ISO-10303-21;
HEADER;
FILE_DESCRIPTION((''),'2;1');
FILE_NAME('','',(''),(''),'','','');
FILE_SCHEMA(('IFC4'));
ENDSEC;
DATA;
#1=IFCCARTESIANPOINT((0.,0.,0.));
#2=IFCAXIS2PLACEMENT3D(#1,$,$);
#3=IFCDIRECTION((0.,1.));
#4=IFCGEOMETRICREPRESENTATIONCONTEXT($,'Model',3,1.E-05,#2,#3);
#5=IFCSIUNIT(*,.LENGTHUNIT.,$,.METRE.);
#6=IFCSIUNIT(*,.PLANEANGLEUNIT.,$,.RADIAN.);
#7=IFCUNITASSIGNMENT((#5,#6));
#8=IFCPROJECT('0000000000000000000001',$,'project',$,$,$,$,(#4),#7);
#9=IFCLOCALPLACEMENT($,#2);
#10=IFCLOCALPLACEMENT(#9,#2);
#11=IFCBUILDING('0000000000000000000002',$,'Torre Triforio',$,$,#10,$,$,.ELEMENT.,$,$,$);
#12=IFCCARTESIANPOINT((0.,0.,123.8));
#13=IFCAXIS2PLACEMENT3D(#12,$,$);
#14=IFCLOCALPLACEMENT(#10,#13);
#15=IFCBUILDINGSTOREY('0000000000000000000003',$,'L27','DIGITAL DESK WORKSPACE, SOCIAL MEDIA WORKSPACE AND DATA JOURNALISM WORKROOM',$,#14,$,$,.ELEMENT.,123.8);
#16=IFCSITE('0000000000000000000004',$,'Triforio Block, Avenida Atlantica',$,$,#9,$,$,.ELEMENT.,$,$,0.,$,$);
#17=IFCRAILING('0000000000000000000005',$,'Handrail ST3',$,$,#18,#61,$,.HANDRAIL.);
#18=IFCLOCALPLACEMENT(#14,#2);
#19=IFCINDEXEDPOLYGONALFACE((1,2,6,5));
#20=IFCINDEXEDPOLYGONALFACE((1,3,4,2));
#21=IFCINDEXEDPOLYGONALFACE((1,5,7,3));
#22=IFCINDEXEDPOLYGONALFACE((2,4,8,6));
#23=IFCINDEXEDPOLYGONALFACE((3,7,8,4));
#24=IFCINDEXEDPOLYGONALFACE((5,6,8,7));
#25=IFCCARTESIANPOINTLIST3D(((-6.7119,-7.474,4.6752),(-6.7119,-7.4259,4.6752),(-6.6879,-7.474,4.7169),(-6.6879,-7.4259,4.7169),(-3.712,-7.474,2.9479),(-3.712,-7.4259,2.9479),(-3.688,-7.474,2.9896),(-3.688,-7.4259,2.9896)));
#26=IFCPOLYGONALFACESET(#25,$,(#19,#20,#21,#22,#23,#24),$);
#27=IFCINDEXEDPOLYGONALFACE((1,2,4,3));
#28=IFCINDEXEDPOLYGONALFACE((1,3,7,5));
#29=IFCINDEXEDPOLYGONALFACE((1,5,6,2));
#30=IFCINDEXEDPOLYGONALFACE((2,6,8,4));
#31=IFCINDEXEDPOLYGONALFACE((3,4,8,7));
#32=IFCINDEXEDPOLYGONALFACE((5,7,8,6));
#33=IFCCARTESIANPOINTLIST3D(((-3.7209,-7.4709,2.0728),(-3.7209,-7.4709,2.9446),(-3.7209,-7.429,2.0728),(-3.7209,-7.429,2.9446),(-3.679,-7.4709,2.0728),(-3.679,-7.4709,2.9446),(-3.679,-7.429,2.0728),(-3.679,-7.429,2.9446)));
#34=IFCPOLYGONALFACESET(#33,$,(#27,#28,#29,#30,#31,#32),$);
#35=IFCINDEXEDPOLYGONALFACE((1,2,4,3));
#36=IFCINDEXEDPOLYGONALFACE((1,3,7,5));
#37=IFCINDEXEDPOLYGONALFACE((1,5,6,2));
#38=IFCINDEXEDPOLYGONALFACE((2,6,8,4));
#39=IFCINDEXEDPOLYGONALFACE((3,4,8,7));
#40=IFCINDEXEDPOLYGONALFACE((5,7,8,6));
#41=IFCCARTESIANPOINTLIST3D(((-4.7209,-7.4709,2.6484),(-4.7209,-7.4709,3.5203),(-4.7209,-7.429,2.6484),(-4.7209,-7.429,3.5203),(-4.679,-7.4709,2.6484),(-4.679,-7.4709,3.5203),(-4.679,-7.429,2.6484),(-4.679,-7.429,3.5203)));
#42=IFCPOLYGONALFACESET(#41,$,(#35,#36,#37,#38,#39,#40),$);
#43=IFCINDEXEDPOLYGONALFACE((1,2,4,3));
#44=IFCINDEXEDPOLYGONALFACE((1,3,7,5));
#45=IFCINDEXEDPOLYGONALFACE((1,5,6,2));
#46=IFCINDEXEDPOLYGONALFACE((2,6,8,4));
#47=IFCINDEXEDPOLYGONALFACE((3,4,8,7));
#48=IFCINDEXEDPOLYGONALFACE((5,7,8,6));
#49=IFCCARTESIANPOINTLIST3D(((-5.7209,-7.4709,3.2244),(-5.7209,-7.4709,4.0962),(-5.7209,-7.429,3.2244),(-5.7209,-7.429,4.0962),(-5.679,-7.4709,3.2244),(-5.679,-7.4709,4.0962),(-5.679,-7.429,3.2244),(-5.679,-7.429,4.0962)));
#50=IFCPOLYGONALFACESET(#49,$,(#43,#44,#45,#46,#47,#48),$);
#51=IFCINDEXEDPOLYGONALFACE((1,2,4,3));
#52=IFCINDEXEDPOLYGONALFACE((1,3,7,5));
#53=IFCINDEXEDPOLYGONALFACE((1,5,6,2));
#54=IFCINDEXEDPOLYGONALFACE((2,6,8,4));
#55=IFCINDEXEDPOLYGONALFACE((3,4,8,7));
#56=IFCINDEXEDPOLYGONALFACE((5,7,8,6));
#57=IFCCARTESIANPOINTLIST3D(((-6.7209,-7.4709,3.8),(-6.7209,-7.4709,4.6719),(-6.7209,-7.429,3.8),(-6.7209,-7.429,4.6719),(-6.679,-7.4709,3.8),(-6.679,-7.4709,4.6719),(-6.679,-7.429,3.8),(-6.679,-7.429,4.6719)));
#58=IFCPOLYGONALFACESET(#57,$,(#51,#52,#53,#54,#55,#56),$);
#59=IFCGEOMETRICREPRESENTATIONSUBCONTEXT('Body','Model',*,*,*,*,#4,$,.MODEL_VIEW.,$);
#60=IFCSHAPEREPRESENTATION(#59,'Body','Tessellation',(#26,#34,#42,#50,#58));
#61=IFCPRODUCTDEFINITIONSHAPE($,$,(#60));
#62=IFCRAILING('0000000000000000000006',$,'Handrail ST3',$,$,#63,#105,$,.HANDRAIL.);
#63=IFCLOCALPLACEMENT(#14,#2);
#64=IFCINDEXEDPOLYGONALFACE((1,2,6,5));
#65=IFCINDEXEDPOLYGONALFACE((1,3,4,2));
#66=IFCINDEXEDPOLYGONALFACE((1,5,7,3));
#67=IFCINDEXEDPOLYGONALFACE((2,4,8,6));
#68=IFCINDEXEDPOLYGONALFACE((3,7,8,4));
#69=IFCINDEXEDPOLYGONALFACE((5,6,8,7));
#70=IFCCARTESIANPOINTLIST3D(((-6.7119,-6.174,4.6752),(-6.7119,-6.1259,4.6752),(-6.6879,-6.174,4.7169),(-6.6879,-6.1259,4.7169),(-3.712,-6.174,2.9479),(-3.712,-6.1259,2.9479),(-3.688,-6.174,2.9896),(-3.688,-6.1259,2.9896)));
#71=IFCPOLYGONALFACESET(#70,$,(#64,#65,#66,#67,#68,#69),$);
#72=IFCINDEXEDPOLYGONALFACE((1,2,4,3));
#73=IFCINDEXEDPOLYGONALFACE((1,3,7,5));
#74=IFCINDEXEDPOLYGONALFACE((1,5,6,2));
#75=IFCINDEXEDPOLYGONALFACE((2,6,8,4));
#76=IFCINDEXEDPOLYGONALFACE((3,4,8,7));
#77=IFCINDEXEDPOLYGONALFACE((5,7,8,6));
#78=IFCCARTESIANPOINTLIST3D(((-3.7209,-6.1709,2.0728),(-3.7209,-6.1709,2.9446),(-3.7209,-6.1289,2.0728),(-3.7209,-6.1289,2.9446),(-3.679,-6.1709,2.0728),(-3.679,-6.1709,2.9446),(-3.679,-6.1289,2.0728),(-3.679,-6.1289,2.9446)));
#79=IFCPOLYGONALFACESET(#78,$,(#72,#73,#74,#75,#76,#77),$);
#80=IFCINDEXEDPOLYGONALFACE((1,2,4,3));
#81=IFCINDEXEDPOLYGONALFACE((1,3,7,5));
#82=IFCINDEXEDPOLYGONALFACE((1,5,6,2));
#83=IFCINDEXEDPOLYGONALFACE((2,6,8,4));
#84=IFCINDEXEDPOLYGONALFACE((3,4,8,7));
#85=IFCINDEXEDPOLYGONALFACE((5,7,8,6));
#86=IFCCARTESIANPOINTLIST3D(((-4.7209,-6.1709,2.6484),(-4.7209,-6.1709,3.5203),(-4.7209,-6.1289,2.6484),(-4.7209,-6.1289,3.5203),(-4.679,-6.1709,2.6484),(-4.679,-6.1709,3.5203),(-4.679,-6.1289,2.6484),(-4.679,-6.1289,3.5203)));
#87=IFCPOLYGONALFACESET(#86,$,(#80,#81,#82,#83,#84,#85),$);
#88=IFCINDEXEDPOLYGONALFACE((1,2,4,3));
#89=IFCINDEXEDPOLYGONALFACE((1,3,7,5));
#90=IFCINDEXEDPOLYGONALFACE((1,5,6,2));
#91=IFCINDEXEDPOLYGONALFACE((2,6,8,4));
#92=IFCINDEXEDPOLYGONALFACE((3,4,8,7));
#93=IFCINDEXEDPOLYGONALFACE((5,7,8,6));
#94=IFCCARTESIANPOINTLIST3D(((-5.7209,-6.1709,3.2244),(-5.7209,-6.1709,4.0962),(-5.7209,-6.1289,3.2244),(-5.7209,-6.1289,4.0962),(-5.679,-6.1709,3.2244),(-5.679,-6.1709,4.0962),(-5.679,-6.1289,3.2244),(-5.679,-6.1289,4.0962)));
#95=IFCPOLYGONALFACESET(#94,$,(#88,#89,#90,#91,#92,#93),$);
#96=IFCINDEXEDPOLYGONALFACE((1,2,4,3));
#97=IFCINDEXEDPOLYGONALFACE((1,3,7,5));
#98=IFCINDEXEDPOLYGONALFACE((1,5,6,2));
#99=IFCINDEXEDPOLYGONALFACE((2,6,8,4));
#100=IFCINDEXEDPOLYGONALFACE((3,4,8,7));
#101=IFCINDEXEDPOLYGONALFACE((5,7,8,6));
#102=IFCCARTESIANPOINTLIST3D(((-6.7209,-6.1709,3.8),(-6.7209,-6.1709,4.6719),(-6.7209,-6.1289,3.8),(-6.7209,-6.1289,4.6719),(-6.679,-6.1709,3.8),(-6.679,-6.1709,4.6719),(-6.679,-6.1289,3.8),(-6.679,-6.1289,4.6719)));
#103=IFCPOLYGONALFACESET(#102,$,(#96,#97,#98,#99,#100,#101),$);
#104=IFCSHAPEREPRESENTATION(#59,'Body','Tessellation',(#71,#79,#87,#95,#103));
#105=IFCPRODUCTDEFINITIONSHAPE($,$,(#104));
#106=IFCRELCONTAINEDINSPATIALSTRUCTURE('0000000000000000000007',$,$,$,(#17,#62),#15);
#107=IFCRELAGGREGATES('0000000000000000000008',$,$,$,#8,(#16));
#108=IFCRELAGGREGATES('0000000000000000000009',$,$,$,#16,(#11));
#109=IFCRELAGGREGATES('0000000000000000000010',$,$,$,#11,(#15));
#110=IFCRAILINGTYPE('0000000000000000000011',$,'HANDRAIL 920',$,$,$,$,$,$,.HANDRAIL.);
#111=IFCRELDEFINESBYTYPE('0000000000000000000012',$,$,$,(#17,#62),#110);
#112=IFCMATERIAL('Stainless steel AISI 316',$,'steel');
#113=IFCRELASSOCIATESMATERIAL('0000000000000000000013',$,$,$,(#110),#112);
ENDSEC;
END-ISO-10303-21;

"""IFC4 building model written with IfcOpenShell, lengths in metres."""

from ifc_helpers import new_model, si_unit, direction, frame, origin, origin_2d, place, context, subcontext, project, spatial, rectangle, extrude, material, type_object, element, save


model = new_model("IFC4")

# Units and contexts
model_context = context("Model", 3, precision=1e-05, world=origin(), true_north=direction((0.0, 1.0)))
body_context = subcontext(model_context, "Body", "Model", "MODEL_VIEW")
ifc_project = project(units=[si_unit("LENGTHUNIT", "METRE"), si_unit("PLANEANGLEUNIT", "RADIAN")], contexts=[model_context])

# Site, building, storey
site_placement = place(None, origin())
site = spatial("IfcSite", under=ifc_project, at=site_placement, Name="Triforio Block, Avenida Atlantica", CompositionType="ELEMENT", RefElevation=0.0)
building_placement = place(site_placement, origin())
building = spatial("IfcBuilding", under=site, at=building_placement, Name="Torre Triforio", CompositionType="ELEMENT")
storey_placement = place(building_placement, frame((0.0, 0.0, 123.8)))
storey = spatial("IfcBuildingStorey", under=building, at=storey_placement, Name="L27", Description="DIGITAL DESK WORKSPACE, SOCIAL MEDIA WORKSPACE AND DATA JOURNALISM WORKROOM", CompositionType="ELEMENT", Elevation=123.8)

# Railings
ifc_material_1 = material(Name="Stainless steel AISI 316", Category="steel")
railing_type = type_object("IfcRailingType", Name="HANDRAIL 920", PredefinedType="HANDRAIL", material=ifc_material_1)
for number, where, name in (
    (1, (-3.7, -7.45, 2.0728), "Handrail ST3"),
    (2, (-3.7, -6.1499, 2.0728), "Handrail ST3"),
):
    element("IfcRailing", number, at=place(storey_placement, frame(where)), inside=storey, type_object=railing_type, Name=name, PredefinedType="HANDRAIL", context=body_context, shape_type="SweptSolid", body=[
        extrude(rectangle(XDim=0.0481, YDim=0.0481, at=origin_2d()), frame((0.0, 0.0, 0.896), z_axis=(-0.86662, 0.0, 0.498969), x_axis=(0.0, -1.0, 0.0)), (0.0, 0.0, 1.0), 3.4617),
        extrude(rectangle(XDim=0.042, YDim=0.042, at=origin_2d()), origin(), (0.0, 0.0, 1.0), 0.8718),
        extrude(rectangle(XDim=0.042, YDim=0.042, at=origin_2d()), frame((-1.0, 0.0, 0.5757)), (0.0, 0.0, 1.0), 0.8718),
        extrude(rectangle(XDim=0.042, YDim=0.042, at=origin_2d()), frame((-2.0, 0.0, 1.1516)), (0.0, 0.0, 1.0), 0.8718),
        extrude(rectangle(XDim=0.042, YDim=0.042, at=origin_2d()), frame((-3.0, 0.0, 1.7273)), (0.0, 0.0, 1.0), 0.8718),
    ])

save(model, "model.ifc")
